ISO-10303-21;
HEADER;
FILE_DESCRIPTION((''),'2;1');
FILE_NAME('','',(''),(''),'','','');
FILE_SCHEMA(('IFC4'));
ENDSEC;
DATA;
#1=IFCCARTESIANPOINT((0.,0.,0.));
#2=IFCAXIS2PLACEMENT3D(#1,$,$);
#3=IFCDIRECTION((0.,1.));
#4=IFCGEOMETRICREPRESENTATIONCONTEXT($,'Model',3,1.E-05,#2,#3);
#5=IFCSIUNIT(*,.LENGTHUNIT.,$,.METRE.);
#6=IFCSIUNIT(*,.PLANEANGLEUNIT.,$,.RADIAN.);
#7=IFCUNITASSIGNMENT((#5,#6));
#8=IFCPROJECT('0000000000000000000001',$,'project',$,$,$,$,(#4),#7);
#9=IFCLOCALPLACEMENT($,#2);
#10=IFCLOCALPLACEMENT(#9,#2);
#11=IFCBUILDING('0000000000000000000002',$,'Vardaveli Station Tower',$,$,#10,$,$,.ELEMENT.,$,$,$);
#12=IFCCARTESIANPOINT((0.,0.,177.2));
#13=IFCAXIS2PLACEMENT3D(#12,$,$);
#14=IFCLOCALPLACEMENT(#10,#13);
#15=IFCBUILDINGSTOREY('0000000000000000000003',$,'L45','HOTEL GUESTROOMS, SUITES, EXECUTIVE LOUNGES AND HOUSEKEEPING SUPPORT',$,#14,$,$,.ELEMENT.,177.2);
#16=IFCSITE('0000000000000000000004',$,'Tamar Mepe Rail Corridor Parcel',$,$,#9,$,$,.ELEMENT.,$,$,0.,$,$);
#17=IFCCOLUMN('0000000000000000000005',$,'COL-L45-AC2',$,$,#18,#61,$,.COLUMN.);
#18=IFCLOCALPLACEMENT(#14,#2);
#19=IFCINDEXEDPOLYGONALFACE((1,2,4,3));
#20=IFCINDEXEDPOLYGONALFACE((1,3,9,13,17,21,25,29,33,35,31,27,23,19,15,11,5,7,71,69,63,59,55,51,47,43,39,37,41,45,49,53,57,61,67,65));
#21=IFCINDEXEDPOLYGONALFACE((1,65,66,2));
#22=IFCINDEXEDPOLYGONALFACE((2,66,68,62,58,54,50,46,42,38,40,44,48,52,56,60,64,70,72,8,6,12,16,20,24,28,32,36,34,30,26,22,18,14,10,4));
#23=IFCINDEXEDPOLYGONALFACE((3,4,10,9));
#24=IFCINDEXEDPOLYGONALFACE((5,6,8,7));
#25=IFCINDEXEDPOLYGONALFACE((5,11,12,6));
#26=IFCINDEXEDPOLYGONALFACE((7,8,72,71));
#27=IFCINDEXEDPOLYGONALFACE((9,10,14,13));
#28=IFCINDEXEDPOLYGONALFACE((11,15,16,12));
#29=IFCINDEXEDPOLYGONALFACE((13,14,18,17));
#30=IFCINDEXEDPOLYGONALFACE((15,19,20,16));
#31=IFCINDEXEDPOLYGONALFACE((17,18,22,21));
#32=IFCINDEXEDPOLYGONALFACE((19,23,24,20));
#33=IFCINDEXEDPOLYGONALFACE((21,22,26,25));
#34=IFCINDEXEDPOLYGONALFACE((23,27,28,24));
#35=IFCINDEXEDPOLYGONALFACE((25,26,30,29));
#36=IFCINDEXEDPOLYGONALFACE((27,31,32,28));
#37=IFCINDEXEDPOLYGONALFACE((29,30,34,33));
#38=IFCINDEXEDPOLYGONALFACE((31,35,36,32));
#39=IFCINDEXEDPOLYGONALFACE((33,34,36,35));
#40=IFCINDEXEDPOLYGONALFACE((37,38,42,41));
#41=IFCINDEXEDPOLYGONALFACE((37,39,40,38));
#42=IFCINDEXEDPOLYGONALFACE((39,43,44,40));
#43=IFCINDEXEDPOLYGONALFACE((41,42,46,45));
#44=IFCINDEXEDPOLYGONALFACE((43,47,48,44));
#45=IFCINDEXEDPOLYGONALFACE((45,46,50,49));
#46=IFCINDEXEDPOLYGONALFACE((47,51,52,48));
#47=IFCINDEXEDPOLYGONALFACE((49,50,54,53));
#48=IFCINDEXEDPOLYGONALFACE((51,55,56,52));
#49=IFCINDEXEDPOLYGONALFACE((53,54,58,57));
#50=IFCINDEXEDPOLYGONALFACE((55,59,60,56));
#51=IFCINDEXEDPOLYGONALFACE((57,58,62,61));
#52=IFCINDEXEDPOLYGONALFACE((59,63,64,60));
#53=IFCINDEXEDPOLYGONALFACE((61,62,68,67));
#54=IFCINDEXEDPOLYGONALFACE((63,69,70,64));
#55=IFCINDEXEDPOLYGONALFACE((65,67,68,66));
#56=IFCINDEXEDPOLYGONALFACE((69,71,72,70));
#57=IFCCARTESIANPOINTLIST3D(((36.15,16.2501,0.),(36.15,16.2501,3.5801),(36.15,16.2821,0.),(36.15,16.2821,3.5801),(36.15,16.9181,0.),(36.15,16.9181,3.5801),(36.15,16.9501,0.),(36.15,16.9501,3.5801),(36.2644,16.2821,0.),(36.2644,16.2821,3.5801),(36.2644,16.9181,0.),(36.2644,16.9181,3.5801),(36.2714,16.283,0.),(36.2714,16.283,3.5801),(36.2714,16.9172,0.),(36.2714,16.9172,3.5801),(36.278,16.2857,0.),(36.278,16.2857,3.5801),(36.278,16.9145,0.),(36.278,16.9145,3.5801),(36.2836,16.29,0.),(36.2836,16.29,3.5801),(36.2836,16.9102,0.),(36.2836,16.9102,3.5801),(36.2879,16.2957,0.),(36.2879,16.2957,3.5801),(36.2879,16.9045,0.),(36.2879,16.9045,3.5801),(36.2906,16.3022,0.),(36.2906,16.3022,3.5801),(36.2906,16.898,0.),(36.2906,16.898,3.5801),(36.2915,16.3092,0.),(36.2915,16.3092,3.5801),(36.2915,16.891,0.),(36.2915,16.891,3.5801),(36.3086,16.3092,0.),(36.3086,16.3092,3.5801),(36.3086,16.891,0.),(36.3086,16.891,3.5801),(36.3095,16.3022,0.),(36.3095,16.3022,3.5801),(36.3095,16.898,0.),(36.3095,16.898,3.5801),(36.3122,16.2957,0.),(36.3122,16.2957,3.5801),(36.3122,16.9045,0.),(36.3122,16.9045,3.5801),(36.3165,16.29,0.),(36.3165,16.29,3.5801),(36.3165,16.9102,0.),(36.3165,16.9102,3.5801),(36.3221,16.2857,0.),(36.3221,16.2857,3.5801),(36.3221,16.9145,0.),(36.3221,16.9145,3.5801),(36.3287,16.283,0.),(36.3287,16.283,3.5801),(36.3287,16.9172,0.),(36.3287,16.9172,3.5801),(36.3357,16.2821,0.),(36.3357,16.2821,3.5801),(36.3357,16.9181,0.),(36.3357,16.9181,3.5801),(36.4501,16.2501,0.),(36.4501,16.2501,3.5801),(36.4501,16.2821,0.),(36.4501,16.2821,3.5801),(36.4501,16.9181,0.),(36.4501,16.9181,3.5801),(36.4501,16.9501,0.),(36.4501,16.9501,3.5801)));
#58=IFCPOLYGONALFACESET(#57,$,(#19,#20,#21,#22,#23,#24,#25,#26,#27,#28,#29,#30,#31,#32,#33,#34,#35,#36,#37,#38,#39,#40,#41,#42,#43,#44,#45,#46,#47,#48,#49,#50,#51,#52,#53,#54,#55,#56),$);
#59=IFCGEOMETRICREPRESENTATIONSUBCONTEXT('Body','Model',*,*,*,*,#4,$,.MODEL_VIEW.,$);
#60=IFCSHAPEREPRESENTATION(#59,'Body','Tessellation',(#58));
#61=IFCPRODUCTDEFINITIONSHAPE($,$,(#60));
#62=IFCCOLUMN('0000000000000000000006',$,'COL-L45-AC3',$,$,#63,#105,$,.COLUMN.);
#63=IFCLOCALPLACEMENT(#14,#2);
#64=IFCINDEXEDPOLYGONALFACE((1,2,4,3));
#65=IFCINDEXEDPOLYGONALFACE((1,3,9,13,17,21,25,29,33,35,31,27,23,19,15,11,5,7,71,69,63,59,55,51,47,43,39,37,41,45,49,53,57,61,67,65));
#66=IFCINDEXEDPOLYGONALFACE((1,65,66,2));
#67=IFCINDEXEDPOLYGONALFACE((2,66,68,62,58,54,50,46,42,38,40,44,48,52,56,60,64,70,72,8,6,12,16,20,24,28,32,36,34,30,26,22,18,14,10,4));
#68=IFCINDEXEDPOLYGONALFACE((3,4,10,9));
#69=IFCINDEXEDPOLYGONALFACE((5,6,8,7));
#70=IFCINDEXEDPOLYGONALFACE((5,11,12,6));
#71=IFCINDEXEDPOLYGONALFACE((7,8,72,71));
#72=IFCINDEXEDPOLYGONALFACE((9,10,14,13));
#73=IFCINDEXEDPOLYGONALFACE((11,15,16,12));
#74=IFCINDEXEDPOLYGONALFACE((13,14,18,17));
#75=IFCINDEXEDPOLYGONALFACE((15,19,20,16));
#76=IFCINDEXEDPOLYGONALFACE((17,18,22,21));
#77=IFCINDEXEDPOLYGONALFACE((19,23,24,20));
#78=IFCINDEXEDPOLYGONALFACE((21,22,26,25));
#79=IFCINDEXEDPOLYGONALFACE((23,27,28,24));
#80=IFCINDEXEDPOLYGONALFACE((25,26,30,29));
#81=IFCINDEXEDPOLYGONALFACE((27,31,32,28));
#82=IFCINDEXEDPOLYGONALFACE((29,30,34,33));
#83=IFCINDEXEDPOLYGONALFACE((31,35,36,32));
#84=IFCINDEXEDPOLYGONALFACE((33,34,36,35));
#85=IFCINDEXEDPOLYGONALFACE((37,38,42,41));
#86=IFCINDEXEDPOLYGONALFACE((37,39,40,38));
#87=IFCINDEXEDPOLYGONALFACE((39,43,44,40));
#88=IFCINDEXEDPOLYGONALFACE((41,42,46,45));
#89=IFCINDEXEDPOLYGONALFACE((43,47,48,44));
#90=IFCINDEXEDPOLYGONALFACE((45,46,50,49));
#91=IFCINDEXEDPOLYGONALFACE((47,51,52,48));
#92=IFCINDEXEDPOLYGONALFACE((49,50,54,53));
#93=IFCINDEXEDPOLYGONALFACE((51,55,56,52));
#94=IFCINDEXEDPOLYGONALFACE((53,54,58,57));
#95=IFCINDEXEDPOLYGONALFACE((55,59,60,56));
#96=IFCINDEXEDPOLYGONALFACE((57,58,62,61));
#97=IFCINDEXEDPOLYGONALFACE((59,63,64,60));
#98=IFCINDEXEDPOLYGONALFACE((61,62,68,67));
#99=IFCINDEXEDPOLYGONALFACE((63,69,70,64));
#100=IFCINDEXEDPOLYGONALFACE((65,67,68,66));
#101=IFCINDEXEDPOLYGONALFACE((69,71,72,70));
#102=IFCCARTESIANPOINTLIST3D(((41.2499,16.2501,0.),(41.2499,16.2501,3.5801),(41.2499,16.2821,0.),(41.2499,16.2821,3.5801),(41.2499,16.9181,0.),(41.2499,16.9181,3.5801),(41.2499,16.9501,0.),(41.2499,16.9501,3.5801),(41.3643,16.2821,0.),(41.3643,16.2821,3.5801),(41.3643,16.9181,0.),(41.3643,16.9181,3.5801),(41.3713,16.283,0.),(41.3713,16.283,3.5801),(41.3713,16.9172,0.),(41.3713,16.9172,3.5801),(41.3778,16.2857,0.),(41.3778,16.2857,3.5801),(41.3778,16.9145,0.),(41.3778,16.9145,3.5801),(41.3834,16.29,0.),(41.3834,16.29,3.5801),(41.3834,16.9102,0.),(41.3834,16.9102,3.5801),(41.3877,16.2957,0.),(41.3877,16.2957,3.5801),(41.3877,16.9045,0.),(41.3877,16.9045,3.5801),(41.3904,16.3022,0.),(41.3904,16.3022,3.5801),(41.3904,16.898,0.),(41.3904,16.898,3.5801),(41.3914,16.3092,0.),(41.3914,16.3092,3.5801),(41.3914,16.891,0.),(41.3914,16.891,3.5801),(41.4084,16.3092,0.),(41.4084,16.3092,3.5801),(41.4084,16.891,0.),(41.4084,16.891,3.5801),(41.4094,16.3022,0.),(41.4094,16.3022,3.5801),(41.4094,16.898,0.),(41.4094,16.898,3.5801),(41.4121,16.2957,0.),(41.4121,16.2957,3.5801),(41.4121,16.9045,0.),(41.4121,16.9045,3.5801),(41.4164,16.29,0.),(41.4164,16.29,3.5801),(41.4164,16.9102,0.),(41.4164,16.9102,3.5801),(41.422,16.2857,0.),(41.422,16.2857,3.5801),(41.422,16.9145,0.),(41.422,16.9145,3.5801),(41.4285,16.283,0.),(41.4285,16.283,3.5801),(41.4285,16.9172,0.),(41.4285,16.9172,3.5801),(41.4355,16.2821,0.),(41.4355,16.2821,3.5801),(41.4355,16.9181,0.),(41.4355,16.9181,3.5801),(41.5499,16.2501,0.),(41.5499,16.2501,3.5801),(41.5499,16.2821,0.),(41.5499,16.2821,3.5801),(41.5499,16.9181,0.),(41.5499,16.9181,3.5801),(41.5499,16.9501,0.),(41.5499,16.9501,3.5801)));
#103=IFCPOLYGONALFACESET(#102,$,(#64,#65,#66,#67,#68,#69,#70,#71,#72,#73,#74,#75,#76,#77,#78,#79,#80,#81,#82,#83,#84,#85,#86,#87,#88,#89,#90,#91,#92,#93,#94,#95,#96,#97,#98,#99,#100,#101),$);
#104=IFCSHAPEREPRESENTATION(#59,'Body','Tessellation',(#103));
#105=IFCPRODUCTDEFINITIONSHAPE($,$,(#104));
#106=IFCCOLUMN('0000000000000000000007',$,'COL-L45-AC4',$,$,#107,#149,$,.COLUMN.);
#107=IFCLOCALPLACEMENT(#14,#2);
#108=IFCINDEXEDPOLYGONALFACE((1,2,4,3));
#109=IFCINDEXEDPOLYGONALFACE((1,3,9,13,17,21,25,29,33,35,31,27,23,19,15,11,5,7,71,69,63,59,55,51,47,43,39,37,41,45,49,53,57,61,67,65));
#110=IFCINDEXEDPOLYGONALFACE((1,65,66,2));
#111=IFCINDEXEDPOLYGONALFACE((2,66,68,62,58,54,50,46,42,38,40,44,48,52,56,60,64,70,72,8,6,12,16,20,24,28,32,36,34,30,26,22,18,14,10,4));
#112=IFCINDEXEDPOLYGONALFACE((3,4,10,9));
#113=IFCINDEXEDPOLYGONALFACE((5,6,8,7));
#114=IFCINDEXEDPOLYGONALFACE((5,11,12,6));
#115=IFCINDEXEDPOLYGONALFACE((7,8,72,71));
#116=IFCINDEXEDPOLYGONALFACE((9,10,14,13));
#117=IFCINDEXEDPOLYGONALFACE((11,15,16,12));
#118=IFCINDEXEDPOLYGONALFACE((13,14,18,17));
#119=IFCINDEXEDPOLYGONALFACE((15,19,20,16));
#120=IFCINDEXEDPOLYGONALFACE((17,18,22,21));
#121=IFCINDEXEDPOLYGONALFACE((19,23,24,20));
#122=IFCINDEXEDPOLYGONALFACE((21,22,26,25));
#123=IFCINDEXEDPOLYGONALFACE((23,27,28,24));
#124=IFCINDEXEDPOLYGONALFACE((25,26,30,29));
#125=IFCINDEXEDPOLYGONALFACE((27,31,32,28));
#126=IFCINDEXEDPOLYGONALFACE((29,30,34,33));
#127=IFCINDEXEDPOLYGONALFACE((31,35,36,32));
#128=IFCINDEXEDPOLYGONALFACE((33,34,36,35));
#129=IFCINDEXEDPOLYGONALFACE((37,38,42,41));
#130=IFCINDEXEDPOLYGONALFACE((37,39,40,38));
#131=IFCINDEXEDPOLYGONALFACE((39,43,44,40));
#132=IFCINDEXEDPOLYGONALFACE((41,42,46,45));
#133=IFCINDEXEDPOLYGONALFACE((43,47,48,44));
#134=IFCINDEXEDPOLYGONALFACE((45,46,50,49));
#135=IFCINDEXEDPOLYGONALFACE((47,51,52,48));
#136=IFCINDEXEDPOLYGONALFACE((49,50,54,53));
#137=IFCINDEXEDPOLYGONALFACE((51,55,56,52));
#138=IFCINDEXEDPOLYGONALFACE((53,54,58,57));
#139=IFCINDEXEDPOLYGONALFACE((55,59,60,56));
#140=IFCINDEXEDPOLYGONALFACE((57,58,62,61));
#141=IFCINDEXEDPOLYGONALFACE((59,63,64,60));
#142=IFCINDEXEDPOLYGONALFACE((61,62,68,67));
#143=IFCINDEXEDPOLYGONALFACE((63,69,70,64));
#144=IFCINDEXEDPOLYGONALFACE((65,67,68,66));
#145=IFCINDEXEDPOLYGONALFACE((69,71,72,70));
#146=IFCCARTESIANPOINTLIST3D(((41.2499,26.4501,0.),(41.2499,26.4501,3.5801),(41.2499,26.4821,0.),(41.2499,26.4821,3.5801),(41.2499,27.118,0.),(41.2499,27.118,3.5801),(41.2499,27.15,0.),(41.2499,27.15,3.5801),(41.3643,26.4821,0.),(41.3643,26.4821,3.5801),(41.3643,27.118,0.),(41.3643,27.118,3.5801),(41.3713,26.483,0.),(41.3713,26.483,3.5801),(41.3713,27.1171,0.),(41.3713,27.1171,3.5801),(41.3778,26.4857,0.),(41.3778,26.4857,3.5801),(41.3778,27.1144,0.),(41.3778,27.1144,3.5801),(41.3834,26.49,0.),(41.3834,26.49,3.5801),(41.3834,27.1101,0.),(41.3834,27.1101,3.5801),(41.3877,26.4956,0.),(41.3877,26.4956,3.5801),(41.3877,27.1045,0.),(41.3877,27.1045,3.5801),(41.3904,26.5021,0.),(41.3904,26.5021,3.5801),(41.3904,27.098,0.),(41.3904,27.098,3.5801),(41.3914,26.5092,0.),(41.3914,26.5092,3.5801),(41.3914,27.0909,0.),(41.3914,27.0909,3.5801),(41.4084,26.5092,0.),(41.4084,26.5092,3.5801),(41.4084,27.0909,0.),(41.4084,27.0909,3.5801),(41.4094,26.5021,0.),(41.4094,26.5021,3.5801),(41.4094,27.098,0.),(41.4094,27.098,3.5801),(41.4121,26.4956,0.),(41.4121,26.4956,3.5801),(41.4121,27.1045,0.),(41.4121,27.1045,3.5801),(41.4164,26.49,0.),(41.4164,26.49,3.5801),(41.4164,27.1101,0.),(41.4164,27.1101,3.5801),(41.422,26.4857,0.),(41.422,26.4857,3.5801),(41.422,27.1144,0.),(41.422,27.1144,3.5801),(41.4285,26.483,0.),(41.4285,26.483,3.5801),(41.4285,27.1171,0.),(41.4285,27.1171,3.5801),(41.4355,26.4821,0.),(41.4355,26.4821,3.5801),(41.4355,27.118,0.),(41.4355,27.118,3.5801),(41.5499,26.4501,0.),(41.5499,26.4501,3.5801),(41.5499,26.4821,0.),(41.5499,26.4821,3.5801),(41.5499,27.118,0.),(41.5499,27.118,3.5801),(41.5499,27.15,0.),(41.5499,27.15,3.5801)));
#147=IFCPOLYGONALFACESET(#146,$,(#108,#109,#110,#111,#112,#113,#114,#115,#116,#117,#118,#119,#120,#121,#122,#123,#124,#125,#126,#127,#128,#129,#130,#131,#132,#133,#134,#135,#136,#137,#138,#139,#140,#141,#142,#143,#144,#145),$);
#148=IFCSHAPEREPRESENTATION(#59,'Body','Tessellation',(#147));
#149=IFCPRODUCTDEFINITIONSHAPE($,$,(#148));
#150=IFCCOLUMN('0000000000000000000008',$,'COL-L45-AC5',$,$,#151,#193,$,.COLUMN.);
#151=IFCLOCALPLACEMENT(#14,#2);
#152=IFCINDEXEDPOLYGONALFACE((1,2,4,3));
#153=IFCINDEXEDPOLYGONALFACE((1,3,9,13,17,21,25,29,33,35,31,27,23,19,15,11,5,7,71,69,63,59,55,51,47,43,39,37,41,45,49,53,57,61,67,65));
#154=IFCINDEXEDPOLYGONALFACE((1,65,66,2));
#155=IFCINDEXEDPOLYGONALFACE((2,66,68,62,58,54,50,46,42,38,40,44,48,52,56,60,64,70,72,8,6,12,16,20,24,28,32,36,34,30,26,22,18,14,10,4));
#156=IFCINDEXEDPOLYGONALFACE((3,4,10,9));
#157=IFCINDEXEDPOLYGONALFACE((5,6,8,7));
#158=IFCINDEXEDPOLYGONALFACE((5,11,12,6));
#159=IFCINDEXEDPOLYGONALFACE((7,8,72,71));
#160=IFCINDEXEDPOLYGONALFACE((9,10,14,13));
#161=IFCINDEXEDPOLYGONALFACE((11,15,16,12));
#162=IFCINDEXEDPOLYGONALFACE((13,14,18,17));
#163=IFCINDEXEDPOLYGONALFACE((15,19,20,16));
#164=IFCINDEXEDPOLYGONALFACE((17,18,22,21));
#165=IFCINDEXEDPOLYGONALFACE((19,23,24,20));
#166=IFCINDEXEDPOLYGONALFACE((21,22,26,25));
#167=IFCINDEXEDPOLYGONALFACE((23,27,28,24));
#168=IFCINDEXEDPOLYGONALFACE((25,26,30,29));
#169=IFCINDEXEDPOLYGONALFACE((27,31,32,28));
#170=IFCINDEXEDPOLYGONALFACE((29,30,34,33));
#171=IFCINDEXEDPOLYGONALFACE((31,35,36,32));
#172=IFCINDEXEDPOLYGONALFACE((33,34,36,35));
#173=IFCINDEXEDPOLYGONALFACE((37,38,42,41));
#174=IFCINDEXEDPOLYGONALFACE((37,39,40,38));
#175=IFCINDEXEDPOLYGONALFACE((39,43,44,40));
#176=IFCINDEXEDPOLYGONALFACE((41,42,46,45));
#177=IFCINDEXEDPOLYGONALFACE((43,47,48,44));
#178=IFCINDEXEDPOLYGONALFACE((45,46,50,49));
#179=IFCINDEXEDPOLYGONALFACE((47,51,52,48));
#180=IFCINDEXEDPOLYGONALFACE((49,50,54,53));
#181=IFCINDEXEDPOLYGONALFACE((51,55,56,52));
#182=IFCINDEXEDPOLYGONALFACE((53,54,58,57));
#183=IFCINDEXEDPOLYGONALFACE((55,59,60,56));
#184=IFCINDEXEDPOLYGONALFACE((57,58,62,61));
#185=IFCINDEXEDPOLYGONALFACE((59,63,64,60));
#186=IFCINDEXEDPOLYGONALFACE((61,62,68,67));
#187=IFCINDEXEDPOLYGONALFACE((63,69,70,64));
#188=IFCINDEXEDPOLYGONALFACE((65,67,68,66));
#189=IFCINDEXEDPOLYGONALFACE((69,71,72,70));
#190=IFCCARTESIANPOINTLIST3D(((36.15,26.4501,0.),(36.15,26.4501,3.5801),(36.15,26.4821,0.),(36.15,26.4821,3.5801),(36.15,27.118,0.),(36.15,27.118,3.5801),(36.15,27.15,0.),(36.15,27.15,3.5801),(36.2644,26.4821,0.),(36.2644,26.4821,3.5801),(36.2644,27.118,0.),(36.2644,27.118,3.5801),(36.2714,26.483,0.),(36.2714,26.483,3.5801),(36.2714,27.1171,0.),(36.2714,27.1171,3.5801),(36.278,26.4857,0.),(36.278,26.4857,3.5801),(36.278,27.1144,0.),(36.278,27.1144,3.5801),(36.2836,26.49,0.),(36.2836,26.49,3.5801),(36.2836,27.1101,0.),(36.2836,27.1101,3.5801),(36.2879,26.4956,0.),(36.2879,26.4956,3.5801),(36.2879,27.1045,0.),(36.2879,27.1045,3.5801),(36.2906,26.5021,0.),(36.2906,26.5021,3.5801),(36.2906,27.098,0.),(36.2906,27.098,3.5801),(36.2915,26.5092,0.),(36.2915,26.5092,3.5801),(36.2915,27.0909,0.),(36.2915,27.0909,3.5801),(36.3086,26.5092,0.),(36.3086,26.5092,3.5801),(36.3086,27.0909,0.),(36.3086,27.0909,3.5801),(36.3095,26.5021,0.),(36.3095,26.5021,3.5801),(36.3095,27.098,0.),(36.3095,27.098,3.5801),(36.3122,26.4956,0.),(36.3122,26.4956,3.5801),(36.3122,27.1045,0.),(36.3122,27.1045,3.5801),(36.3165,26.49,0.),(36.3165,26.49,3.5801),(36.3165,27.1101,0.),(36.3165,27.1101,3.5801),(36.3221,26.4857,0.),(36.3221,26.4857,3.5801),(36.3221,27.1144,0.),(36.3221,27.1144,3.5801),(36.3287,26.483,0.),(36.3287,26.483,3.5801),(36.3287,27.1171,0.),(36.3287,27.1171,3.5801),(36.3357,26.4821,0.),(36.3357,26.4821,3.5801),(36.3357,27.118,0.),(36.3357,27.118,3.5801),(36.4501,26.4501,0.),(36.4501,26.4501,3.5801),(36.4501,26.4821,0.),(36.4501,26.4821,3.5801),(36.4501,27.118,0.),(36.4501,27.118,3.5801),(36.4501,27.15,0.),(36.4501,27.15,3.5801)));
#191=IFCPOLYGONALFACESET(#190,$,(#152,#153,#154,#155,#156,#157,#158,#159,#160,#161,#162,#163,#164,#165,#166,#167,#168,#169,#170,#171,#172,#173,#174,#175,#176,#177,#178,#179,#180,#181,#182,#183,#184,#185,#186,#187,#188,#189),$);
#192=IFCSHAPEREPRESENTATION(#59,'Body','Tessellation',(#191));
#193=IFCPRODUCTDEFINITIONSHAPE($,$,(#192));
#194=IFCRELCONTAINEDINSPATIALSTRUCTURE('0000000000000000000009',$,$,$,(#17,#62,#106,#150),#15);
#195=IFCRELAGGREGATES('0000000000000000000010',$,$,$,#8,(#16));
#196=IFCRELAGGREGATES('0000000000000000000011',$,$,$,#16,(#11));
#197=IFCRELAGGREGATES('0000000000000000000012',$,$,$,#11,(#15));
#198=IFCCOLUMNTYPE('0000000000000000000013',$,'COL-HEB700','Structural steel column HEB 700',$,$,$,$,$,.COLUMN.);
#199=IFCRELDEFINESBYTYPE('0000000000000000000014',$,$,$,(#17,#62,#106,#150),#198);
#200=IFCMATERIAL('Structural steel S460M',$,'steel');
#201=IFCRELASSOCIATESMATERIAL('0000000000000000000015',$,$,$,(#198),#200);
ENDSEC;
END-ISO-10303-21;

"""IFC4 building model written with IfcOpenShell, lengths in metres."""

from ifc_helpers import new_model, si_unit, direction, frame, origin, origin_2d, place, context, subcontext, project, spatial, i_section, extrude, source, transform, mapped, material, material_profile, profile_set, type_object, element, save


model = new_model("IFC4")

# Units and contexts
model_context = context("Model", 3, precision=1e-05, world=origin(), true_north=direction((0.0, 1.0)))
body_context = subcontext(model_context, "Body", "Model", "MODEL_VIEW")
ifc_project = project(units=[si_unit("LENGTHUNIT", "METRE"), si_unit("PLANEANGLEUNIT", "RADIAN")], contexts=[model_context])

# Site, building, storey
site_placement = place(None, origin())
site = spatial("IfcSite", under=ifc_project, at=site_placement, Name="Tamar Mepe Rail Corridor Parcel", CompositionType="ELEMENT", RefElevation=0.0)
building_placement = place(site_placement, origin())
building = spatial("IfcBuilding", under=site, at=building_placement, Name="Vardaveli Station Tower", CompositionType="ELEMENT")
storey_placement = place(building_placement, frame((0.0, 0.0, 177.2)))
storey = spatial("IfcBuildingStorey", under=building, at=storey_placement, Name="L45", Description="HOTEL GUESTROOMS, SUITES, EXECUTIVE LOUNGES AND HOUSEKEEPING SUPPORT", CompositionType="ELEMENT", Elevation=177.2)

# Columns
ifc_material_1 = material(Name="Structural steel S460M", Category="steel")
ifc_material_profile_1 = material_profile(ifc_material_1, i_section(OverallWidth=0.3, OverallDepth=0.7, WebThickness=0.0171, FlangeThickness=0.032, FilletRadius=0.0271, at=origin_2d()), Name="HEB 700")
ifc_profile_set_1 = profile_set([ifc_material_profile_1], Name="Structural steel S460M")
column_type = type_object("IfcColumnType", Name="COL-HEB700", Description="Structural steel column HEB 700", PredefinedType="COLUMN", material=ifc_profile_set_1)
shared_shape_1 = source(origin(), body_context, "Body", "SweptSolid", [
    extrude(i_section(OverallWidth=0.3, OverallDepth=0.7, WebThickness=0.0171, FlangeThickness=0.032, FilletRadius=0.0271, at=origin_2d()), origin(), (0.0, 0.0, 1.0), 3.5801),
])
for number, where, z_axis, x_axis, name in (
    (1, (36.3, 16.6001, 0.0), (0.0, 0.0, 1.0), (1.0, 0.0, 0.0), "COL-L45-AC2"),
    (2, (41.3999, 16.6001, 0.0), (0.0, 0.0, 1.0), (1.0, 0.0, 0.0), "COL-L45-AC3"),
    (3, (41.3999, 26.8, 0.0), (0.0, 0.0, 1.0), (1.0, 0.0, 0.0), "COL-L45-AC4"),
    (4, (36.3, 26.8, 0.0), (0.0, 0.0, 1.0), (1.0, 0.0, 0.0), "COL-L45-AC5"),
):
    element("IfcColumn", number, at=place(storey_placement, frame(where, z_axis=z_axis, x_axis=x_axis)), inside=storey, type_object=column_type, Name=name, PredefinedType="COLUMN", context=body_context, shape_type="MappedRepresentation", body=[
        mapped(shared_shape_1, transform((0.0, 0.0, 0.0), scale=1.0)),
    ])

save(model, "model.ifc")
